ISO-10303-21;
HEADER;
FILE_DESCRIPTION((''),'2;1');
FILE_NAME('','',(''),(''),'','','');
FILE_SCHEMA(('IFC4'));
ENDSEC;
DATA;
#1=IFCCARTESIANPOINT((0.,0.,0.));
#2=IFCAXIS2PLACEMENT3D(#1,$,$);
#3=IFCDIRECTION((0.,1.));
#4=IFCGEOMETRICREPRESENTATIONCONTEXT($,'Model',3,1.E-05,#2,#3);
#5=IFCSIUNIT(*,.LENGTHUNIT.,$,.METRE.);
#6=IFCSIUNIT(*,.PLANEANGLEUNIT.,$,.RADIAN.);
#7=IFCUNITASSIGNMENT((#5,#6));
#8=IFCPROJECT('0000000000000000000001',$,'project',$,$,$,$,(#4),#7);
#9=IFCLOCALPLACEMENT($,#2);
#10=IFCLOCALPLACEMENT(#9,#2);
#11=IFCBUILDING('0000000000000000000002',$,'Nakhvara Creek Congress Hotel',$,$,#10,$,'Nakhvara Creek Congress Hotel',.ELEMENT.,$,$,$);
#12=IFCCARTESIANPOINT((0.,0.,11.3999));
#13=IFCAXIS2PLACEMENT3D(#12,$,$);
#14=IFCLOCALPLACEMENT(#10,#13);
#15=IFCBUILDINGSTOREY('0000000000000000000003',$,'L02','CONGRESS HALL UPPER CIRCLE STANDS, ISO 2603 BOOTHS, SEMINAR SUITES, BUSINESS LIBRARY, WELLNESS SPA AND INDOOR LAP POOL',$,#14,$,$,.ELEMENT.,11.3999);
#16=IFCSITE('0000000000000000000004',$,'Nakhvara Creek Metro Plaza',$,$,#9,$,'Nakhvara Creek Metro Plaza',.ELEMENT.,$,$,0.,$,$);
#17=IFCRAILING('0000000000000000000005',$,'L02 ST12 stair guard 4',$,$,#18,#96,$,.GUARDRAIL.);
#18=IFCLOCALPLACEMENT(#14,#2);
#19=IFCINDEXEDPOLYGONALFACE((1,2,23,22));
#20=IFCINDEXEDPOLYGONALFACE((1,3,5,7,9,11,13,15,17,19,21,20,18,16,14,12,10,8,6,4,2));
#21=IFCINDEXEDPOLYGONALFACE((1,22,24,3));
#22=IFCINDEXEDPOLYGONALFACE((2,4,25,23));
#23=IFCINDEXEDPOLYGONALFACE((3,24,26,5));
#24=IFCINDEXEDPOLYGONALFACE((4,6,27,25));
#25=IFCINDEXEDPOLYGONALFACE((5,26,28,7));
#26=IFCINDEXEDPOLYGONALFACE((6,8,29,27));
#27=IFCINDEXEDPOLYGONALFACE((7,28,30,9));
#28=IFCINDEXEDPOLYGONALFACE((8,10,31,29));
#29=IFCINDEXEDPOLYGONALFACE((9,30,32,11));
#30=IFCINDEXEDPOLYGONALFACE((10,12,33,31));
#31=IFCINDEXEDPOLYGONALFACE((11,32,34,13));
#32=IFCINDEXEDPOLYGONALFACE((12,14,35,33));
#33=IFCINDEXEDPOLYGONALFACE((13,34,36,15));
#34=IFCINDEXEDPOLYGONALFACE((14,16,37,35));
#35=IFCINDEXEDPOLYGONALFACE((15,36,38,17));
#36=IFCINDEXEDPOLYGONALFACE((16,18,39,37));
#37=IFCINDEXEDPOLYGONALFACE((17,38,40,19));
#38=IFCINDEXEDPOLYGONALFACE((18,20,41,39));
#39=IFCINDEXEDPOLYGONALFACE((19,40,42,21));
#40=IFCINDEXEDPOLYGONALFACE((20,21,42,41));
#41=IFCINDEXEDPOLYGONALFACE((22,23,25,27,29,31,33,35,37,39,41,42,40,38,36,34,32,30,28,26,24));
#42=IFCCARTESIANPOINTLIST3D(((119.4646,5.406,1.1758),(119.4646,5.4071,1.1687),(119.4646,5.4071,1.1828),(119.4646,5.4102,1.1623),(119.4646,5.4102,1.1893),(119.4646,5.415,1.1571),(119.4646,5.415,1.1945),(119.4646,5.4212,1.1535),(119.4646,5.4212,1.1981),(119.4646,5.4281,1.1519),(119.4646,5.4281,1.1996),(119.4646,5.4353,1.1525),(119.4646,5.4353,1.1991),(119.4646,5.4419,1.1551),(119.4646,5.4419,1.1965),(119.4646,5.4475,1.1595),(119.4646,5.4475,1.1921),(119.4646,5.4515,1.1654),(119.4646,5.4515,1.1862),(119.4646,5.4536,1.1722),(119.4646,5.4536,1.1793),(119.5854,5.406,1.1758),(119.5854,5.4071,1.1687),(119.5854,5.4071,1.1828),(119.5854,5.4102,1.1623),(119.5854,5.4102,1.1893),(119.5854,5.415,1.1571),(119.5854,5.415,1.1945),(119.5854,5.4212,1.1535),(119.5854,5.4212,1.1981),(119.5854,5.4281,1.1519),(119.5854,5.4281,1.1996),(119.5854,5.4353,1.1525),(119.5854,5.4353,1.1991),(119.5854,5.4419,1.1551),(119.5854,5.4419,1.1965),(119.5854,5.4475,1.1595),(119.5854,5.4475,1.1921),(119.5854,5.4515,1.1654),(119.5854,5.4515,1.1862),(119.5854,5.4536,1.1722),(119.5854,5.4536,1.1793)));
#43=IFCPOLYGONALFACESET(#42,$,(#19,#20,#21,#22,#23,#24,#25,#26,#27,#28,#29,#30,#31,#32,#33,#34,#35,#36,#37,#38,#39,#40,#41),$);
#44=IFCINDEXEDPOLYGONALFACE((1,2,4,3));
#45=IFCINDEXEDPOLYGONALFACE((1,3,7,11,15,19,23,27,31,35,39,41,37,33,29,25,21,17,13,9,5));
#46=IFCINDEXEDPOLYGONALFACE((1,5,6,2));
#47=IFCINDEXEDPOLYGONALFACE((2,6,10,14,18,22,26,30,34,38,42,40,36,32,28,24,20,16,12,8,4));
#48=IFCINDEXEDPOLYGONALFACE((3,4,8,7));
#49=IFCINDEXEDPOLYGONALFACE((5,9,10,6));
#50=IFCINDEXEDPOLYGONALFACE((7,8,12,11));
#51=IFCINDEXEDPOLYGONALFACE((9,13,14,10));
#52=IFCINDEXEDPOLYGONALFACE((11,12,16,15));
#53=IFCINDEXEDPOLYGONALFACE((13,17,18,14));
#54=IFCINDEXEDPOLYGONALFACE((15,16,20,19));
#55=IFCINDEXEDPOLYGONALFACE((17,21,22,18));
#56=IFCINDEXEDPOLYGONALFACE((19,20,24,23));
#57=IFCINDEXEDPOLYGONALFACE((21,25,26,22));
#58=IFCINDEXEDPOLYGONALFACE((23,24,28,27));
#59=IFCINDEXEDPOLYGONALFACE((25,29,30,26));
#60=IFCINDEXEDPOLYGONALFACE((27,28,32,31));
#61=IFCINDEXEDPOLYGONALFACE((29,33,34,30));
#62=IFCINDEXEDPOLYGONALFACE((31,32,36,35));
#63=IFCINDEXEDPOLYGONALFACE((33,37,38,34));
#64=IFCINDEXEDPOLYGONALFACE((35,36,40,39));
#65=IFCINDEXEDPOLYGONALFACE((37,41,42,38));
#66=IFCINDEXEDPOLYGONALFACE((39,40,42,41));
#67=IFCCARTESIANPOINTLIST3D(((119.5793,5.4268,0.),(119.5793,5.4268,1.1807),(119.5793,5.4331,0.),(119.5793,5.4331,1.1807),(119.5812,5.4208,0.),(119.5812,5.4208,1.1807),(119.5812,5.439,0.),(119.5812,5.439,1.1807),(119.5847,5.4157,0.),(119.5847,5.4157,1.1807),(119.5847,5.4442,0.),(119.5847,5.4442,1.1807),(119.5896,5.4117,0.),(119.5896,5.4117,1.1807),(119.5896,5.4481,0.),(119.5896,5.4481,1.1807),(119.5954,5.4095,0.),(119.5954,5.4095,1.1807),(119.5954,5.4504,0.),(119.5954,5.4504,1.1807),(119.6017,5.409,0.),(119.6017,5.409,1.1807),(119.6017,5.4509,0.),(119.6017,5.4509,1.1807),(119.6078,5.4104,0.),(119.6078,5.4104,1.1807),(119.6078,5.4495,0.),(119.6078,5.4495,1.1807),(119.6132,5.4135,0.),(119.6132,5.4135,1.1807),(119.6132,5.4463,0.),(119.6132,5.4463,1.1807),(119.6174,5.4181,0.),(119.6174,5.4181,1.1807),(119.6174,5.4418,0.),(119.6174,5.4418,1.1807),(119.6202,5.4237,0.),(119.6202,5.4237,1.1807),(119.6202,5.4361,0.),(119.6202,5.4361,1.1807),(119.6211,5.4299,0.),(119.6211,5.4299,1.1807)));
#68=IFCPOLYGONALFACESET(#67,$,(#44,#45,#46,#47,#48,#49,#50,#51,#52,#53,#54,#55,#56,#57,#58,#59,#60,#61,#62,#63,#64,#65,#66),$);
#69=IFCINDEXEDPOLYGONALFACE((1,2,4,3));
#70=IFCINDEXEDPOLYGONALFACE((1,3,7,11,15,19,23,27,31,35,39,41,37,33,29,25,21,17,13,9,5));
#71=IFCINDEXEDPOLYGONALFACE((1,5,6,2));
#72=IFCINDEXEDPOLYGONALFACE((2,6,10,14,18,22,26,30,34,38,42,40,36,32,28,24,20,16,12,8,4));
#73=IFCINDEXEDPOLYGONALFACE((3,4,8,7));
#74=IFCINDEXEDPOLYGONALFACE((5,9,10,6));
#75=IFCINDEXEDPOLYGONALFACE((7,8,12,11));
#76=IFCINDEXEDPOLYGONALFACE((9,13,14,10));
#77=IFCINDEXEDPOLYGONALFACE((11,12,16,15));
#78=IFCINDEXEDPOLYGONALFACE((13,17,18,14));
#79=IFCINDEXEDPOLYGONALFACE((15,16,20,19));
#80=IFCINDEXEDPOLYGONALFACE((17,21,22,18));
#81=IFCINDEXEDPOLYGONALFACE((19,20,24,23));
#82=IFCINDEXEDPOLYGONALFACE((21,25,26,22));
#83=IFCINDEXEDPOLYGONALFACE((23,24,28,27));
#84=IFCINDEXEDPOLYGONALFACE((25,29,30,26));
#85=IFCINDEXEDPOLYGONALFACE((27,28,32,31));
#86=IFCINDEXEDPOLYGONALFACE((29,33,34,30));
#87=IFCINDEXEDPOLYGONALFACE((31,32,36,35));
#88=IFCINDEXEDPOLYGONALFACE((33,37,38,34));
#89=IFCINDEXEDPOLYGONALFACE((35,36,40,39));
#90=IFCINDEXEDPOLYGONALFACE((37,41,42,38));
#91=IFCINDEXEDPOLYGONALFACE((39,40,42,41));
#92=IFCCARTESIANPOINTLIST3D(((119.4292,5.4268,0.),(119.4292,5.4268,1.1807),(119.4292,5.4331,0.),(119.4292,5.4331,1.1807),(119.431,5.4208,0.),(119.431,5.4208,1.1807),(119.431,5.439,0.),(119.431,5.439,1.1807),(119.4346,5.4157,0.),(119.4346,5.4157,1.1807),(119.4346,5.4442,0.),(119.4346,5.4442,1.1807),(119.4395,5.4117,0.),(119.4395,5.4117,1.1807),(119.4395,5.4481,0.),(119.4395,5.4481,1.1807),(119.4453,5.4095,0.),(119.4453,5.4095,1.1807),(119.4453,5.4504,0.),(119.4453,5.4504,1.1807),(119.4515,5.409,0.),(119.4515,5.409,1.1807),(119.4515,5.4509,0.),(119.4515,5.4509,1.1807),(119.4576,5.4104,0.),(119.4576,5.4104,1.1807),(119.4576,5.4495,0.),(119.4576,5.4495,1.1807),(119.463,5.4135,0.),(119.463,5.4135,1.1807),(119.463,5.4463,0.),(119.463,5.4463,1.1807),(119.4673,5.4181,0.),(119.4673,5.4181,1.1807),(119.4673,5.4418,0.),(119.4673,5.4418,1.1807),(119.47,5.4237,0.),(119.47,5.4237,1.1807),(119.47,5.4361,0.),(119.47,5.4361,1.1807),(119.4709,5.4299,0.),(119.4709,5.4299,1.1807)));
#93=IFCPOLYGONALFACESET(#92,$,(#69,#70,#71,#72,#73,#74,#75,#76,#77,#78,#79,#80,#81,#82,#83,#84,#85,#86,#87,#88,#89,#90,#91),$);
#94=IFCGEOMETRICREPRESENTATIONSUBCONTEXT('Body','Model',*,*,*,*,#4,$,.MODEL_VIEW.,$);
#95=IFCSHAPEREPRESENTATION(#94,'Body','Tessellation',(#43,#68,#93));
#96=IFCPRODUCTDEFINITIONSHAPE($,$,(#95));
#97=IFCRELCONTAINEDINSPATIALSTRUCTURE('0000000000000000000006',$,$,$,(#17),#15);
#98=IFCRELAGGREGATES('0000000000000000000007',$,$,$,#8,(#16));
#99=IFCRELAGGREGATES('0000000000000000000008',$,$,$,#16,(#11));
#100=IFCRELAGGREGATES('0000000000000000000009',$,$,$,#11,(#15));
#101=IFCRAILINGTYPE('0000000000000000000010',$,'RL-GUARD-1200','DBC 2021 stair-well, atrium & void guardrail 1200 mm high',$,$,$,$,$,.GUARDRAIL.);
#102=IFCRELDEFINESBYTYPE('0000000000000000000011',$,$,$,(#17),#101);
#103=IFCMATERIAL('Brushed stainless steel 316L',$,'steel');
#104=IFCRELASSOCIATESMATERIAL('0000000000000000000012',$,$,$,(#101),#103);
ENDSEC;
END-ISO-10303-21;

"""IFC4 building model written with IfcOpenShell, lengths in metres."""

from ifc_helpers import new_model, si_unit, direction, frame, origin, origin_2d, place, context, subcontext, project, spatial, circle, extrude, material, type_object, element, save


model = new_model("IFC4")

# Units and contexts
model_context = context("Model", 3, precision=1e-05, world=origin(), true_north=direction((0.0, 1.0)))
body_context = subcontext(model_context, "Body", "Model", "MODEL_VIEW")
ifc_project = project(units=[si_unit("LENGTHUNIT", "METRE"), si_unit("PLANEANGLEUNIT", "RADIAN")], contexts=[model_context])

# Site, building, storey
site_placement = place(None, origin())
site = spatial("IfcSite", under=ifc_project, at=site_placement, Name="Nakhvara Creek Metro Plaza", LongName="Nakhvara Creek Metro Plaza", CompositionType="ELEMENT", RefElevation=0.0)
building_placement = place(site_placement, origin())
building = spatial("IfcBuilding", under=site, at=building_placement, Name="Nakhvara Creek Congress Hotel", LongName="Nakhvara Creek Congress Hotel", CompositionType="ELEMENT")
storey_placement = place(building_placement, frame((0.0, 0.0, 11.3999)))
storey = spatial("IfcBuildingStorey", under=building, at=storey_placement, Name="L02", Description="CONGRESS HALL UPPER CIRCLE STANDS, ISO 2603 BOOTHS, SEMINAR SUITES, BUSINESS LIBRARY, WELLNESS SPA AND INDOOR LAP POOL", CompositionType="ELEMENT", Elevation=11.3999)

# Railing
ifc_material_1 = material(Name="Brushed stainless steel 316L", Category="steel")
railing_type_1 = type_object("IfcRailingType", Name="RL-GUARD-1200", Description="DBC 2021 stair-well, atrium & void guardrail 1200 mm high", PredefinedType="GUARDRAIL", material=ifc_material_1)
railing_1_placement = place(storey_placement, frame((119.6001, 5.4299, 0.0)))
element("IfcRailing", 1, at=railing_1_placement, inside=storey, type_object=railing_type_1, Name="L02 ST12 stair guard 4", PredefinedType="GUARDRAIL", context=body_context, shape_type="SweptSolid", body=[
    extrude(circle(Radius=0.0239, at=origin_2d()), frame((-0.0146, 0.0, 1.1758), z_axis=(-1.0, 0.0, 0.0), x_axis=(0.0, -1.0, 0.0)), (0.0, 0.0, 1.0), 0.1208),
    extrude(circle(Radius=0.021, at=origin_2d()), origin(), (0.0, 0.0, 1.0), 1.1807),
    extrude(circle(Radius=0.021, at=origin_2d()), frame((-0.1501, 0.0, 0.0)), (0.0, 0.0, 1.0), 1.1807),
])

save(model, "model.ifc")
